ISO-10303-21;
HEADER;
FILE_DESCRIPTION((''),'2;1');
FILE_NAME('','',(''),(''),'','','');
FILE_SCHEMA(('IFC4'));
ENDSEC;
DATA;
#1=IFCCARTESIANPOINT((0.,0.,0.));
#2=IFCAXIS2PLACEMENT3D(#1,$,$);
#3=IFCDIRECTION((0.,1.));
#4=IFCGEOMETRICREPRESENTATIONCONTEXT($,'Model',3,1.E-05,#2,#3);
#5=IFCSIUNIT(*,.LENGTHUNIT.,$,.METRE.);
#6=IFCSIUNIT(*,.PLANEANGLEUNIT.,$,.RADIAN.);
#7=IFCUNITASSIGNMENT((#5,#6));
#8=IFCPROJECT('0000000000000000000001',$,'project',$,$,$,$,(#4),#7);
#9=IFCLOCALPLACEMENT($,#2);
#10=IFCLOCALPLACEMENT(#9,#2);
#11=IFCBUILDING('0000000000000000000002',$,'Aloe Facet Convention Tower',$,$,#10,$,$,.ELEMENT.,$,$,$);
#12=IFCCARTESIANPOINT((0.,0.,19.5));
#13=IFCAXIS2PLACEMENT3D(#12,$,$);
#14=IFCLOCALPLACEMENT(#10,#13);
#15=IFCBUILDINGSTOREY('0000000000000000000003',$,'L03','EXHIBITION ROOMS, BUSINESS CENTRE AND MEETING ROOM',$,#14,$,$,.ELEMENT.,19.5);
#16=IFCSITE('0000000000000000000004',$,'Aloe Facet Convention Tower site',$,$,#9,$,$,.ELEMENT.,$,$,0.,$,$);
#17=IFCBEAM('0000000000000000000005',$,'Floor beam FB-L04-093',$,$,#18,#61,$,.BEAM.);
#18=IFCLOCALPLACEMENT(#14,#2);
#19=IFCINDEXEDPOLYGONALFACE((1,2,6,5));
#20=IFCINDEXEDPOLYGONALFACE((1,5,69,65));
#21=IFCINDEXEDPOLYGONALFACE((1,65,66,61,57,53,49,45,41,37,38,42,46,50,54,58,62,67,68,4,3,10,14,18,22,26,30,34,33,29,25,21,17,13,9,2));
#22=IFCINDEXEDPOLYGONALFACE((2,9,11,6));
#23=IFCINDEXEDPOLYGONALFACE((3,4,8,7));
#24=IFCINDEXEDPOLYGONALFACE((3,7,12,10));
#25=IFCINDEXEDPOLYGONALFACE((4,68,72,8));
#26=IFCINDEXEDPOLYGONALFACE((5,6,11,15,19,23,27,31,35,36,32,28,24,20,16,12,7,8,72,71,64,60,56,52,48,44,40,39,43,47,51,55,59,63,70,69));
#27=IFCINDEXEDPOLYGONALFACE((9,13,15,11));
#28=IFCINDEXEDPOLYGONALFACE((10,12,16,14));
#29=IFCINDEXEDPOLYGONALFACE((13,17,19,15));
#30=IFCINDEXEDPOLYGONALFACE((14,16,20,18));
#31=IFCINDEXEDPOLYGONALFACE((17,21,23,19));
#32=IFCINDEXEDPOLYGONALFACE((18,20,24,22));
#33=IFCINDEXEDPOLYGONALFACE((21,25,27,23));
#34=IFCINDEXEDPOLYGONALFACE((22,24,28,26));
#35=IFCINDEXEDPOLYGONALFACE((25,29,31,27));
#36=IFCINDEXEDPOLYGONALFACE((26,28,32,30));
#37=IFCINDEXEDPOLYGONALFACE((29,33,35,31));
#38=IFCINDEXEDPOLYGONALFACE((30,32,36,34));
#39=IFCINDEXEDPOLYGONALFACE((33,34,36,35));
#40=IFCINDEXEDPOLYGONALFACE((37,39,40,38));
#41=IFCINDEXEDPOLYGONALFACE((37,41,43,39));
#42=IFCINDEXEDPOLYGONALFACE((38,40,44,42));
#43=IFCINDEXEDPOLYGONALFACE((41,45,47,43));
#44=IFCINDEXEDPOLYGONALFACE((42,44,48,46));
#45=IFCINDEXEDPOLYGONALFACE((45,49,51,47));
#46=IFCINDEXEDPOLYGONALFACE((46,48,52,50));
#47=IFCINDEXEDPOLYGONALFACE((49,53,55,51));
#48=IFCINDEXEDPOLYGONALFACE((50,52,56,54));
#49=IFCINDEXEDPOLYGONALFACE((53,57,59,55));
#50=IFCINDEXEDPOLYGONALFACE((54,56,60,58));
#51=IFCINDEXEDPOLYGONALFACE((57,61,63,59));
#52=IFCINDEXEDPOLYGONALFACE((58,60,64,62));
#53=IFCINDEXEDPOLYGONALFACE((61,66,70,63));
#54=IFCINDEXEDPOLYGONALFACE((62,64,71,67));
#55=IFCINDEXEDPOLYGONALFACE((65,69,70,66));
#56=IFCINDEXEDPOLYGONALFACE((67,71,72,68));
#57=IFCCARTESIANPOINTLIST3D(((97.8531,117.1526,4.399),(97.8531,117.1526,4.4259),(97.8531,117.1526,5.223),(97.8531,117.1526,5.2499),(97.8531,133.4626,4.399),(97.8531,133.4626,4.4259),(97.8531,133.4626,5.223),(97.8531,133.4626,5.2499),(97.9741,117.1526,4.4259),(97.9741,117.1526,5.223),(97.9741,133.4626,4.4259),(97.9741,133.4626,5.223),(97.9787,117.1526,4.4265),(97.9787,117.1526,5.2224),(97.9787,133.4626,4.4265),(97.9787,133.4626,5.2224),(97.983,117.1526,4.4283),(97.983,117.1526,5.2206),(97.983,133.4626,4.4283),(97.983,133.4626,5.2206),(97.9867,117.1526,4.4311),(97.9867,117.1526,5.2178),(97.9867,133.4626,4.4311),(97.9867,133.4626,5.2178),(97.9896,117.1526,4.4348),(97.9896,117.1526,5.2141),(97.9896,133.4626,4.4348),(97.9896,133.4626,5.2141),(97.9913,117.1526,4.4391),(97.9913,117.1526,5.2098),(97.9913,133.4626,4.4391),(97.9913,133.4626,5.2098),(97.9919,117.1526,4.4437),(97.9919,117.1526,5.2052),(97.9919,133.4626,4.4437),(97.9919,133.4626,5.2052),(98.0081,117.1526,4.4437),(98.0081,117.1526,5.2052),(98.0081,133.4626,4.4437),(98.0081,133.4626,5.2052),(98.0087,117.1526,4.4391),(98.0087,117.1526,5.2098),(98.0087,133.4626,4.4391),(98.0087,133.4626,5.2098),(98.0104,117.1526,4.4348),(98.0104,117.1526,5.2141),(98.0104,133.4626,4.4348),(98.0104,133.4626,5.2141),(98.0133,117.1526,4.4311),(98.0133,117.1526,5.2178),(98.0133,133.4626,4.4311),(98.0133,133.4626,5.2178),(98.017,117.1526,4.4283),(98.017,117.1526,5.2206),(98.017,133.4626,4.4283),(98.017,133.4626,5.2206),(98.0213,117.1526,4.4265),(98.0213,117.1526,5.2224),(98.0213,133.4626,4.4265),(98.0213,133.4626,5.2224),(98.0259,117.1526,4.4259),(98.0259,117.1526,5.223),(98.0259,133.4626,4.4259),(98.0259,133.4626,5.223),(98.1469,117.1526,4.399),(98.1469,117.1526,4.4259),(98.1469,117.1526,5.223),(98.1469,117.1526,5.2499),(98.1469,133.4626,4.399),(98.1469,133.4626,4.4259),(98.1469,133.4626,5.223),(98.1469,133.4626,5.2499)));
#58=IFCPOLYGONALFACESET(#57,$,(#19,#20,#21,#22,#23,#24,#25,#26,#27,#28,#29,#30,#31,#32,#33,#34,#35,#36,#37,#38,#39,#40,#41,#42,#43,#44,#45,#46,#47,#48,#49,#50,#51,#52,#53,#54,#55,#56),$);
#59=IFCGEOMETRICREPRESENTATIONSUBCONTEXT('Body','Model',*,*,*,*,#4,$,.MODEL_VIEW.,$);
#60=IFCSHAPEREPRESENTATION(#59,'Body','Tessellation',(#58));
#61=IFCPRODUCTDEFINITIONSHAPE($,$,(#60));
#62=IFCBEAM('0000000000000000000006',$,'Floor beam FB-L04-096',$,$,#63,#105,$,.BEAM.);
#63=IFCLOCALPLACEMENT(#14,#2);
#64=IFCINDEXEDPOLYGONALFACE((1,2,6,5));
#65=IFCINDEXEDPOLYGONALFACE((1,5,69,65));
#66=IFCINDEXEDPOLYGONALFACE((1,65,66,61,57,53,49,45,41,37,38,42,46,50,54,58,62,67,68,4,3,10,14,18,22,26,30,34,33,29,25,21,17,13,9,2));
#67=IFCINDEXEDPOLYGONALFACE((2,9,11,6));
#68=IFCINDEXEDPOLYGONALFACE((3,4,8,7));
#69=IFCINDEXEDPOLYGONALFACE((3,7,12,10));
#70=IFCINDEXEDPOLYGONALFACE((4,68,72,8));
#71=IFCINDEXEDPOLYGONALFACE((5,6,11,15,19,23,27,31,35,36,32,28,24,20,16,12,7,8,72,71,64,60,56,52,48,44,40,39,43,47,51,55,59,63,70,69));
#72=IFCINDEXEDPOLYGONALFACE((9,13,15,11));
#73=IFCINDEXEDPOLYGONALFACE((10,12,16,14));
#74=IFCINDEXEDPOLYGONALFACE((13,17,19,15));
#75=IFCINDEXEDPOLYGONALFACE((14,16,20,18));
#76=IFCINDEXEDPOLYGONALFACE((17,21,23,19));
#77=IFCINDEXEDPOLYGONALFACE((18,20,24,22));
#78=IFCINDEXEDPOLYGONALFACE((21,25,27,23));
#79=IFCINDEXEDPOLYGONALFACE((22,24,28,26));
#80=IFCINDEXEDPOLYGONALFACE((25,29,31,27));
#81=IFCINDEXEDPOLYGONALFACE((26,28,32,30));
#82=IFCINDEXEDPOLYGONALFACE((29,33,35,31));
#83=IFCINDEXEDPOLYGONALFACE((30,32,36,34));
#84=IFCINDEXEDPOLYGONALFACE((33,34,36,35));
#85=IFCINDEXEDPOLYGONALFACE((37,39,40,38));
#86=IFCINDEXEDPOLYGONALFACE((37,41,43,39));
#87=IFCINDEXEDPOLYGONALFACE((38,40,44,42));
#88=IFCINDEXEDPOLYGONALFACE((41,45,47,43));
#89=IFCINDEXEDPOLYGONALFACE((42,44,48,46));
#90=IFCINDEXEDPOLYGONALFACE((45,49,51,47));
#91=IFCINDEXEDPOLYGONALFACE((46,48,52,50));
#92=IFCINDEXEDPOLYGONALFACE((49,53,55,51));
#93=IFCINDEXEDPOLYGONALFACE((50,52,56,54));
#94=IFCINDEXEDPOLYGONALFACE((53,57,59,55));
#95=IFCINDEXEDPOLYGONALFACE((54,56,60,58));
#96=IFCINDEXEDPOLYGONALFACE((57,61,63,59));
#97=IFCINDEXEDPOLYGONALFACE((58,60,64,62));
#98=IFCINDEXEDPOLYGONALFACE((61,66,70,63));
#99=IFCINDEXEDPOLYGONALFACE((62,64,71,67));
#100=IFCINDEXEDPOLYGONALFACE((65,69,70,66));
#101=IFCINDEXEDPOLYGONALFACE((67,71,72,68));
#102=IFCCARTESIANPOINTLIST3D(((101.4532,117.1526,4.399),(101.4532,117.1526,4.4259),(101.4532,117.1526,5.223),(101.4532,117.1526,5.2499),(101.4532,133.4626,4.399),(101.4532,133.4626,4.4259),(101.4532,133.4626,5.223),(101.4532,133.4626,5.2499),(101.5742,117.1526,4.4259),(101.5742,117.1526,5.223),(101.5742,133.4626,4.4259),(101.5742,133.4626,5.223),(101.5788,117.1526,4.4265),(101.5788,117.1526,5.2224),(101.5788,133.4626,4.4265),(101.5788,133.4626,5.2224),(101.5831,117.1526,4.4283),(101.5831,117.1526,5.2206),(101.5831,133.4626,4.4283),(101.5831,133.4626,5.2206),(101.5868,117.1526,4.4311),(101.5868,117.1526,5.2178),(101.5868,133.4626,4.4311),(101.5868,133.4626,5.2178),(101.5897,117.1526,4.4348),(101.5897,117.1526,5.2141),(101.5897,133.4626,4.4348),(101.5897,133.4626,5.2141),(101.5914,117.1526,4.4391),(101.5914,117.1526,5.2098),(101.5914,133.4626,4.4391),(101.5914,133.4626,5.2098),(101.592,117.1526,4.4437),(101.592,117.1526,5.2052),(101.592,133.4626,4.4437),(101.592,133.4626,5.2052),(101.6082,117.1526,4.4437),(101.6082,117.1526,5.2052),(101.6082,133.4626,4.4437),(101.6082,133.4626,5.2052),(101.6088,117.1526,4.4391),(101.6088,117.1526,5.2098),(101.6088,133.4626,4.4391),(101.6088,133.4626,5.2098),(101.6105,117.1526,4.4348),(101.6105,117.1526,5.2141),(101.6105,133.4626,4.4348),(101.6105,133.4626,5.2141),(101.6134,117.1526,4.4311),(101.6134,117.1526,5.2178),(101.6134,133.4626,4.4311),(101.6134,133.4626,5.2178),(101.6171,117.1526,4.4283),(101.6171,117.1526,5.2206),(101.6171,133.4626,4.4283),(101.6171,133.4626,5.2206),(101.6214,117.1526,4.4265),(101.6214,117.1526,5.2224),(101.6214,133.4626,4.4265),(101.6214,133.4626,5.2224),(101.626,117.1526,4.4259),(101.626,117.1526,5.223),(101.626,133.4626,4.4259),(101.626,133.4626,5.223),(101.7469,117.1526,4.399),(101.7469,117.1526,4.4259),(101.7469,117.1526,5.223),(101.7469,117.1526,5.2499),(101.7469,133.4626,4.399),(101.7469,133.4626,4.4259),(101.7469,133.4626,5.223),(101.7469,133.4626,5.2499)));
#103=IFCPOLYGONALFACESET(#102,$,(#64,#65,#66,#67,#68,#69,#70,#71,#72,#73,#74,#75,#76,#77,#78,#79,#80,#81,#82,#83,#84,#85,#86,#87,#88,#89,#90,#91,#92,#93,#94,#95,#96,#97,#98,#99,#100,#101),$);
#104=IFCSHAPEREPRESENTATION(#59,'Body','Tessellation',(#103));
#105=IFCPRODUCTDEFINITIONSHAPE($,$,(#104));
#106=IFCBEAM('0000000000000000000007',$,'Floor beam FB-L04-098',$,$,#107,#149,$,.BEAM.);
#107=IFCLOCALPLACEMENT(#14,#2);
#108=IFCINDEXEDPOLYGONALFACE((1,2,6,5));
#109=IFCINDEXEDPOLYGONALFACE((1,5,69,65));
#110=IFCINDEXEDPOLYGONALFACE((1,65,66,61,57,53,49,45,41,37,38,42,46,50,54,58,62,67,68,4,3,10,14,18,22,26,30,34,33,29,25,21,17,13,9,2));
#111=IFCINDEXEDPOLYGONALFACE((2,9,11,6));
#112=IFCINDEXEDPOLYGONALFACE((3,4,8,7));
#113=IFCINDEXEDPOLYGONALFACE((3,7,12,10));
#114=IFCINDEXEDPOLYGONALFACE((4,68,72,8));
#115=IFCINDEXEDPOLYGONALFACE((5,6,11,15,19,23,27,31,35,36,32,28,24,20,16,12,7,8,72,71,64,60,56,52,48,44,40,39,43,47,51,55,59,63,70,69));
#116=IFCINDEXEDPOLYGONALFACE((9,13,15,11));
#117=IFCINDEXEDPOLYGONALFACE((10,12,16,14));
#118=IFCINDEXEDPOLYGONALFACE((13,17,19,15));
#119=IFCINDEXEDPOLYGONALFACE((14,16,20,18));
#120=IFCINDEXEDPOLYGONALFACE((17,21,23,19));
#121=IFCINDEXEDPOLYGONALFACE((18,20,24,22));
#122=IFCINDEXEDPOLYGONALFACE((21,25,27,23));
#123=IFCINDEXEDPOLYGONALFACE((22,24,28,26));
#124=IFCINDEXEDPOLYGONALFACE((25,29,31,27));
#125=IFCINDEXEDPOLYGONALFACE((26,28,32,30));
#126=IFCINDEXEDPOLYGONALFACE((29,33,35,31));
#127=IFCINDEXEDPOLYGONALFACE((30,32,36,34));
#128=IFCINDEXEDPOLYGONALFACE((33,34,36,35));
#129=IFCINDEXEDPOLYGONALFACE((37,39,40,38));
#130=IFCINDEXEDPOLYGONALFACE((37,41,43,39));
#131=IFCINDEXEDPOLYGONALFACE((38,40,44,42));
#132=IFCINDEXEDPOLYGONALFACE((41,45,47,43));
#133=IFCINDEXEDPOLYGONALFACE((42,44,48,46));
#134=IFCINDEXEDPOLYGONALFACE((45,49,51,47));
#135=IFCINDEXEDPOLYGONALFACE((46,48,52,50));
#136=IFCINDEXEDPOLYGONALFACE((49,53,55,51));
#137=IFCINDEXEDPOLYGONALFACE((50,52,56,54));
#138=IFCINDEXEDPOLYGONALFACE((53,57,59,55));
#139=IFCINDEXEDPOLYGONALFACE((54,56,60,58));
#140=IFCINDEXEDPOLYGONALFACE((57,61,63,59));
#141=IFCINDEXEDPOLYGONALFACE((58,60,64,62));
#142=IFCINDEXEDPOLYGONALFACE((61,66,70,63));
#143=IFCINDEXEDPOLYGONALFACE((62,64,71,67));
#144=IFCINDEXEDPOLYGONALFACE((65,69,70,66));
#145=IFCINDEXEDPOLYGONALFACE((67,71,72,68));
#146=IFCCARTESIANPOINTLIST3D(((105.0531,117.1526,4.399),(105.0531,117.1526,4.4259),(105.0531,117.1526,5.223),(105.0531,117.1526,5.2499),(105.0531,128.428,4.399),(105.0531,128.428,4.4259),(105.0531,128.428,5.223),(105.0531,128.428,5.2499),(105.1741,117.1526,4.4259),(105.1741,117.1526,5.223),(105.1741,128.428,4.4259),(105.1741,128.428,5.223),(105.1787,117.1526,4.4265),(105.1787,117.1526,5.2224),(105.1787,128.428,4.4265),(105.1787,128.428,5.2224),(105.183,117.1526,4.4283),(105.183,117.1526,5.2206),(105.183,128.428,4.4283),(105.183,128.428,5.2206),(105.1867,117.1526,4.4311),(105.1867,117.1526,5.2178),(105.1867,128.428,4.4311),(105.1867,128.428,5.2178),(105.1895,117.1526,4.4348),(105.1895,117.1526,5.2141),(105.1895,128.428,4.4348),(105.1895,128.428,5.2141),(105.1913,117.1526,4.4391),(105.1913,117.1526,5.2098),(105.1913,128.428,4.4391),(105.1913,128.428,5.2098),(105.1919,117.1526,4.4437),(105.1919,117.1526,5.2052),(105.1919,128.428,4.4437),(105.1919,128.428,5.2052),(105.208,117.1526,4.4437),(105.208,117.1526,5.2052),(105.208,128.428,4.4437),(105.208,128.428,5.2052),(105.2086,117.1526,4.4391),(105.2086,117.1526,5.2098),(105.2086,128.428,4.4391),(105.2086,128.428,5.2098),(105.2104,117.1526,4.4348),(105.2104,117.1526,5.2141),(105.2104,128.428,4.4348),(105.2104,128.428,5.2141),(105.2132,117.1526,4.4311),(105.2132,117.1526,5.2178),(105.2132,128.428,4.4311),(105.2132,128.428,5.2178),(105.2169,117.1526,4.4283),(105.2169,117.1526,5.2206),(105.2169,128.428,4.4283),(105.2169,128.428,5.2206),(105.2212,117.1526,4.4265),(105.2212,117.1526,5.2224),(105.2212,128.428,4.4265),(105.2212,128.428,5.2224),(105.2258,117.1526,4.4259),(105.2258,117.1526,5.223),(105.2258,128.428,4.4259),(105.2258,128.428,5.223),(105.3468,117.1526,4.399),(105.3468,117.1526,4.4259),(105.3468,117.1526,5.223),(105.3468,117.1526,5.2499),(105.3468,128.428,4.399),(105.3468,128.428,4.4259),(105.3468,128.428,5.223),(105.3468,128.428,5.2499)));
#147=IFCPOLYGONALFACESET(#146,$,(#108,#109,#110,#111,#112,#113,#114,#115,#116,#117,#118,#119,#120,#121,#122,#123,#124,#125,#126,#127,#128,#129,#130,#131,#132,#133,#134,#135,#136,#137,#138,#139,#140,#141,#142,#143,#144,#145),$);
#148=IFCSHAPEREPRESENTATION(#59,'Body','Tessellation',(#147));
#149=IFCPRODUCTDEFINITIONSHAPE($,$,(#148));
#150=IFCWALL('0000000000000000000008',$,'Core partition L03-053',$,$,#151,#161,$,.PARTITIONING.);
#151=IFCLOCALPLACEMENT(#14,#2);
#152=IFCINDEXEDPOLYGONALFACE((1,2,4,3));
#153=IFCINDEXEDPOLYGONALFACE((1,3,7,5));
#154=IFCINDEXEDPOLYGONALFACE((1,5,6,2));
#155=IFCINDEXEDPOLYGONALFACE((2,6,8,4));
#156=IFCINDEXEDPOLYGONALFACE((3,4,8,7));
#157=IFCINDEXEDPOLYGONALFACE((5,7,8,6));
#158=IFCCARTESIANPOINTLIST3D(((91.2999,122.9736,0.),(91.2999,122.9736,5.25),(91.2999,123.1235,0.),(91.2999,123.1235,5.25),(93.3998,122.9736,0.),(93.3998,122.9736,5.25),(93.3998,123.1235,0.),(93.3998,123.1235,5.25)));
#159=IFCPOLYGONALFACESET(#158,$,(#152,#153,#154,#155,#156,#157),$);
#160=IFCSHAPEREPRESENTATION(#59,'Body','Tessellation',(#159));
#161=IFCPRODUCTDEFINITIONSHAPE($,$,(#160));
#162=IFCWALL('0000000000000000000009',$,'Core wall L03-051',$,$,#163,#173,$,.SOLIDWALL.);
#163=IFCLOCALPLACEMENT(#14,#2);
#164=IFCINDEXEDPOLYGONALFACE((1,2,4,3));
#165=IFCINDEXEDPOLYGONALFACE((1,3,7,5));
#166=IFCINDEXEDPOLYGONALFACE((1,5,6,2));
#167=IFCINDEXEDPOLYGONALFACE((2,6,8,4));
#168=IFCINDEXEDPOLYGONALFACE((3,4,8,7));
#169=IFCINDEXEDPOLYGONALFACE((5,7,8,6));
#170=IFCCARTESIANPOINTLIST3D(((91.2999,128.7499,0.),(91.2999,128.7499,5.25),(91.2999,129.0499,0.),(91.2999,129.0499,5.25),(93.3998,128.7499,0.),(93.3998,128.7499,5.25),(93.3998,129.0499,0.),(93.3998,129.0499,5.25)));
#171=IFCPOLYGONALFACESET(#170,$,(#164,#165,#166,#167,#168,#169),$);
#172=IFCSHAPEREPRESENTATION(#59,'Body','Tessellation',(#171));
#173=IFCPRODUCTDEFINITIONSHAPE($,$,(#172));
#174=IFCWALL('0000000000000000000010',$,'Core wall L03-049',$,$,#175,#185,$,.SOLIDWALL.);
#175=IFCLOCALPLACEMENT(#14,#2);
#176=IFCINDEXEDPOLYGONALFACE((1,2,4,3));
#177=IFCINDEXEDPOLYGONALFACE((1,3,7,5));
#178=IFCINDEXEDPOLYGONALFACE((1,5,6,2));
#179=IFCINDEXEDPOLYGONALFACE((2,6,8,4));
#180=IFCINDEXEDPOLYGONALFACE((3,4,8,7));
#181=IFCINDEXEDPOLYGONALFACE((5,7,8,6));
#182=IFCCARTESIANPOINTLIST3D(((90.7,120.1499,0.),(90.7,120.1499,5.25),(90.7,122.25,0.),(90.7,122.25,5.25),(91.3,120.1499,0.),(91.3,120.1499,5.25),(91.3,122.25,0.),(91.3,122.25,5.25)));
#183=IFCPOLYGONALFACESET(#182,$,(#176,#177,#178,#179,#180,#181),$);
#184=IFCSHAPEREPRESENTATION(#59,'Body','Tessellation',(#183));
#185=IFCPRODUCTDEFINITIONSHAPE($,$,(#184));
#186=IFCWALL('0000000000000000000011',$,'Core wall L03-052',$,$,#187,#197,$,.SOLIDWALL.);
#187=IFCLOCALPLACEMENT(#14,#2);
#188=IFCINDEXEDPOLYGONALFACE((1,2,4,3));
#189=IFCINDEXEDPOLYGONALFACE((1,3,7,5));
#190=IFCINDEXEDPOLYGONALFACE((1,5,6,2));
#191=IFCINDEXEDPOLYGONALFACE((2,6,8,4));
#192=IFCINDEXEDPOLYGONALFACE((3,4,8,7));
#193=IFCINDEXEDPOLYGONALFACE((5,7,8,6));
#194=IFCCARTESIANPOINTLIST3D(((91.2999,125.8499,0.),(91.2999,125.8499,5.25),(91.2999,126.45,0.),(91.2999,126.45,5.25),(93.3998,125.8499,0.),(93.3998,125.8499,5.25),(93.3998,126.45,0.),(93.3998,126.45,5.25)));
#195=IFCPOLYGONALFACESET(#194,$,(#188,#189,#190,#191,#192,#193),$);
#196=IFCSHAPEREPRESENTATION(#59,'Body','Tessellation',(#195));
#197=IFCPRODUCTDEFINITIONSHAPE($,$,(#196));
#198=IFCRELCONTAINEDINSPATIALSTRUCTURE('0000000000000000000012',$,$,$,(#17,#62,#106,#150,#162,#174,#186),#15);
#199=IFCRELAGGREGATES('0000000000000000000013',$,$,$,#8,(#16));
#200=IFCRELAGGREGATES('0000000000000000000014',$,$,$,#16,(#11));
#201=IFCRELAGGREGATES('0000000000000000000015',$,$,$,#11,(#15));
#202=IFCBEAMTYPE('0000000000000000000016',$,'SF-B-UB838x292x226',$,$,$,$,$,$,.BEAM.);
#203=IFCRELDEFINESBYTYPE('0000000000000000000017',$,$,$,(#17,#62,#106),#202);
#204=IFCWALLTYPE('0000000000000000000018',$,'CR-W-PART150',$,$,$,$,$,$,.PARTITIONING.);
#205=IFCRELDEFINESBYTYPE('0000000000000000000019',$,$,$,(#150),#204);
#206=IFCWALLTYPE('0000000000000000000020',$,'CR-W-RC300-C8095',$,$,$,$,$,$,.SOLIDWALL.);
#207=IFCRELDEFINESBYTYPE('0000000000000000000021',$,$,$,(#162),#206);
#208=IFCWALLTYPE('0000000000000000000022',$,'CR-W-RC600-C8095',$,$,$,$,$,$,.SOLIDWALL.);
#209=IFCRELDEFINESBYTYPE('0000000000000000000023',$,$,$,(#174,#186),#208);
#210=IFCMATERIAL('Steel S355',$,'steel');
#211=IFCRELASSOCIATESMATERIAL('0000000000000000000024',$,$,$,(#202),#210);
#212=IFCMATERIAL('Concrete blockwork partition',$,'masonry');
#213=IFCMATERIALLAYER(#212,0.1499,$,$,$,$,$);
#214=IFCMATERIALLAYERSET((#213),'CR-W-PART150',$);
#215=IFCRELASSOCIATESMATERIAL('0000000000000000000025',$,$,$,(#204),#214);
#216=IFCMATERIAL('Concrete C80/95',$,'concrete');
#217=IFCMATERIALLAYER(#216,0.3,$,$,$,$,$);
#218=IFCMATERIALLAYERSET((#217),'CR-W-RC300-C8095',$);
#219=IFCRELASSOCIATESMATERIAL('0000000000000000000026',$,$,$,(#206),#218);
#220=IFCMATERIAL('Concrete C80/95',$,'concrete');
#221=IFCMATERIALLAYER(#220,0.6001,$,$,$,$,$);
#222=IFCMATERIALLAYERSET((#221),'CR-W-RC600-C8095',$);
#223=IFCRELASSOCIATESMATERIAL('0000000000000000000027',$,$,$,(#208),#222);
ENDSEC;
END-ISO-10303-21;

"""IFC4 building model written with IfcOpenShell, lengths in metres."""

from ifc_helpers import new_model, si_unit, direction, frame, frame_2d, origin, origin_2d, place, context, subcontext, project, spatial, rectangle, i_section, extrude, material, layer, layer_set, material_profile, profile_set, type_object, element, save


model = new_model("IFC4")

# Units and contexts
model_context = context("Model", 3, precision=1e-05, world=origin(), true_north=direction((0.0, 1.0)))
body_context = subcontext(model_context, "Body", "Model", "MODEL_VIEW")
ifc_project = project(units=[si_unit("LENGTHUNIT", "METRE"), si_unit("PLANEANGLEUNIT", "RADIAN")], contexts=[model_context])

# Site, building, storey
site_placement = place(None, origin())
site = spatial("IfcSite", under=ifc_project, at=site_placement, Name="Aloe Facet Convention Tower site", CompositionType="ELEMENT", RefElevation=0.0)
building_placement = place(site_placement, origin())
building = spatial("IfcBuilding", under=site, at=building_placement, Name="Aloe Facet Convention Tower", CompositionType="ELEMENT")
storey_placement = place(building_placement, frame((0.0, 0.0, 19.5)))
storey = spatial("IfcBuildingStorey", under=building, at=storey_placement, Name="L03", Description="EXHIBITION ROOMS, BUSINESS CENTRE AND MEETING ROOM", CompositionType="ELEMENT", Elevation=19.5)

# Beams
ifc_material_1 = material(Name="Steel S355", Category="steel")
ifc_material_profile_1 = material_profile(ifc_material_1, i_section(OverallWidth=0.2937, OverallDepth=0.8508, WebThickness=0.0161, FlangeThickness=0.0269, FilletRadius=0.0178, at=origin_2d()), Name="UB 838x292x226")
ifc_profile_set_1 = profile_set([ifc_material_profile_1], Name="Steel S355")
beam_type_1 = type_object("IfcBeamType", Name="SF-B-UB838x292x226", PredefinedType="BEAM", material=ifc_profile_set_1)
for number, where, z_axis, x_axis, name in (
    (1, (98.0, 117.1526, 4.8245), (0.0, 1.0, 0.0), (-1.0, 0.0, 0.0), "Floor beam FB-L04-093"),
    (2, (101.6001, 117.1526, 4.8245), (0.0, 1.0, 0.0), (-1.0, 0.0, 0.0), "Floor beam FB-L04-096"),
):
    element("IfcBeam", number, at=place(storey_placement, frame(where, z_axis=z_axis, x_axis=x_axis)), inside=storey, type_object=beam_type_1, Name=name, PredefinedType="BEAM", context=body_context, shape_type="SweptSolid", body=[
        extrude(i_section(OverallWidth=0.2937, OverallDepth=0.8508, WebThickness=0.0161, FlangeThickness=0.0269, FilletRadius=0.0178, at=origin_2d()), origin(), (0.0, 0.0, 1.0), 16.3101),
    ])
beam_1_placement = place(storey_placement, frame((105.2, 117.1526, 4.8245), z_axis=(0.0, 1.0, 0.0), x_axis=(-1.0, 0.0, 0.0)))
element("IfcBeam", 3, at=beam_1_placement, inside=storey, type_object=beam_type_1, Name="Floor beam FB-L04-098", PredefinedType="BEAM", context=body_context, shape_type="SweptSolid", body=[
    extrude(i_section(OverallWidth=0.2937, OverallDepth=0.8508, WebThickness=0.0161, FlangeThickness=0.0269, FilletRadius=0.0178, at=origin_2d()), origin(), (0.0, 0.0, 1.0), 11.2754),
])

# Walls
ifc_material_2 = material(Name="Concrete blockwork partition", Category="masonry")
ifc_layer_1 = layer(ifc_material_2, 0.1499)
ifc_layer_set_1 = layer_set([ifc_layer_1], Name="CR-W-PART150")
wall_type_1 = type_object("IfcWallType", Name="CR-W-PART150", PredefinedType="PARTITIONING", material=ifc_layer_set_1)
wall_1_placement = place(storey_placement, frame((91.3, 123.0486, 0.0), z_axis=(0.0, 0.0, 1.0), x_axis=(1.0, 0.0, 0.0)))
element("IfcWall", 4, at=wall_1_placement, inside=storey, type_object=wall_type_1, Name="Core partition L03-053", PredefinedType="PARTITIONING", context=body_context, shape_type="SweptSolid", body=[
    extrude(rectangle(XDim=2.0999, YDim=0.1499, at=frame_2d((1.0498, 0.0))), origin(), (0.0, 0.0, 1.0), 5.25),
])
ifc_material_3 = material(Name="Concrete C80/95", Category="concrete")
ifc_layer_2 = layer(ifc_material_3, 0.3)
ifc_layer_set_2 = layer_set([ifc_layer_2], Name="CR-W-RC300-C8095")
wall_type_2 = type_object("IfcWallType", Name="CR-W-RC300-C8095", PredefinedType="SOLIDWALL", material=ifc_layer_set_2)
wall_2_placement = place(storey_placement, frame((91.3, 128.8999, 0.0), z_axis=(0.0, 0.0, 1.0), x_axis=(1.0, 0.0, 0.0)))
element("IfcWall", 5, at=wall_2_placement, inside=storey, type_object=wall_type_2, Name="Core wall L03-051", PredefinedType="SOLIDWALL", context=body_context, shape_type="SweptSolid", body=[
    extrude(rectangle(XDim=2.0999, YDim=0.3, at=frame_2d((1.0498, 0.0))), origin(), (0.0, 0.0, 1.0), 5.25),
])
ifc_material_4 = material(Name="Concrete C80/95", Category="concrete")
ifc_layer_3 = layer(ifc_material_4, 0.6001)
ifc_layer_set_3 = layer_set([ifc_layer_3], Name="CR-W-RC600-C8095")
wall_type_3 = type_object("IfcWallType", Name="CR-W-RC600-C8095", PredefinedType="SOLIDWALL", material=ifc_layer_set_3)
wall_3_placement = place(storey_placement, frame((91.0, 122.25, 0.0), z_axis=(0.0, 0.0, 1.0), x_axis=(0.0, -1.0, 0.0)))
element("IfcWall", 6, at=wall_3_placement, inside=storey, type_object=wall_type_3, Name="Core wall L03-049", PredefinedType="SOLIDWALL", context=body_context, shape_type="SweptSolid", body=[
    extrude(rectangle(XDim=2.1001, YDim=0.6001, at=frame_2d((1.05, 0.0))), origin(), (0.0, 0.0, 1.0), 5.25),
])
wall_4_placement = place(storey_placement, frame((91.3, 126.1499, 0.0), z_axis=(0.0, 0.0, 1.0), x_axis=(1.0, 0.0, 0.0)))
element("IfcWall", 7, at=wall_4_placement, inside=storey, type_object=wall_type_3, Name="Core wall L03-052", PredefinedType="SOLIDWALL", context=body_context, shape_type="SweptSolid", body=[
    extrude(rectangle(XDim=2.0999, YDim=0.6001, at=frame_2d((1.0498, 0.0))), origin(), (0.0, 0.0, 1.0), 5.25),
])

save(model, "model.ifc")
